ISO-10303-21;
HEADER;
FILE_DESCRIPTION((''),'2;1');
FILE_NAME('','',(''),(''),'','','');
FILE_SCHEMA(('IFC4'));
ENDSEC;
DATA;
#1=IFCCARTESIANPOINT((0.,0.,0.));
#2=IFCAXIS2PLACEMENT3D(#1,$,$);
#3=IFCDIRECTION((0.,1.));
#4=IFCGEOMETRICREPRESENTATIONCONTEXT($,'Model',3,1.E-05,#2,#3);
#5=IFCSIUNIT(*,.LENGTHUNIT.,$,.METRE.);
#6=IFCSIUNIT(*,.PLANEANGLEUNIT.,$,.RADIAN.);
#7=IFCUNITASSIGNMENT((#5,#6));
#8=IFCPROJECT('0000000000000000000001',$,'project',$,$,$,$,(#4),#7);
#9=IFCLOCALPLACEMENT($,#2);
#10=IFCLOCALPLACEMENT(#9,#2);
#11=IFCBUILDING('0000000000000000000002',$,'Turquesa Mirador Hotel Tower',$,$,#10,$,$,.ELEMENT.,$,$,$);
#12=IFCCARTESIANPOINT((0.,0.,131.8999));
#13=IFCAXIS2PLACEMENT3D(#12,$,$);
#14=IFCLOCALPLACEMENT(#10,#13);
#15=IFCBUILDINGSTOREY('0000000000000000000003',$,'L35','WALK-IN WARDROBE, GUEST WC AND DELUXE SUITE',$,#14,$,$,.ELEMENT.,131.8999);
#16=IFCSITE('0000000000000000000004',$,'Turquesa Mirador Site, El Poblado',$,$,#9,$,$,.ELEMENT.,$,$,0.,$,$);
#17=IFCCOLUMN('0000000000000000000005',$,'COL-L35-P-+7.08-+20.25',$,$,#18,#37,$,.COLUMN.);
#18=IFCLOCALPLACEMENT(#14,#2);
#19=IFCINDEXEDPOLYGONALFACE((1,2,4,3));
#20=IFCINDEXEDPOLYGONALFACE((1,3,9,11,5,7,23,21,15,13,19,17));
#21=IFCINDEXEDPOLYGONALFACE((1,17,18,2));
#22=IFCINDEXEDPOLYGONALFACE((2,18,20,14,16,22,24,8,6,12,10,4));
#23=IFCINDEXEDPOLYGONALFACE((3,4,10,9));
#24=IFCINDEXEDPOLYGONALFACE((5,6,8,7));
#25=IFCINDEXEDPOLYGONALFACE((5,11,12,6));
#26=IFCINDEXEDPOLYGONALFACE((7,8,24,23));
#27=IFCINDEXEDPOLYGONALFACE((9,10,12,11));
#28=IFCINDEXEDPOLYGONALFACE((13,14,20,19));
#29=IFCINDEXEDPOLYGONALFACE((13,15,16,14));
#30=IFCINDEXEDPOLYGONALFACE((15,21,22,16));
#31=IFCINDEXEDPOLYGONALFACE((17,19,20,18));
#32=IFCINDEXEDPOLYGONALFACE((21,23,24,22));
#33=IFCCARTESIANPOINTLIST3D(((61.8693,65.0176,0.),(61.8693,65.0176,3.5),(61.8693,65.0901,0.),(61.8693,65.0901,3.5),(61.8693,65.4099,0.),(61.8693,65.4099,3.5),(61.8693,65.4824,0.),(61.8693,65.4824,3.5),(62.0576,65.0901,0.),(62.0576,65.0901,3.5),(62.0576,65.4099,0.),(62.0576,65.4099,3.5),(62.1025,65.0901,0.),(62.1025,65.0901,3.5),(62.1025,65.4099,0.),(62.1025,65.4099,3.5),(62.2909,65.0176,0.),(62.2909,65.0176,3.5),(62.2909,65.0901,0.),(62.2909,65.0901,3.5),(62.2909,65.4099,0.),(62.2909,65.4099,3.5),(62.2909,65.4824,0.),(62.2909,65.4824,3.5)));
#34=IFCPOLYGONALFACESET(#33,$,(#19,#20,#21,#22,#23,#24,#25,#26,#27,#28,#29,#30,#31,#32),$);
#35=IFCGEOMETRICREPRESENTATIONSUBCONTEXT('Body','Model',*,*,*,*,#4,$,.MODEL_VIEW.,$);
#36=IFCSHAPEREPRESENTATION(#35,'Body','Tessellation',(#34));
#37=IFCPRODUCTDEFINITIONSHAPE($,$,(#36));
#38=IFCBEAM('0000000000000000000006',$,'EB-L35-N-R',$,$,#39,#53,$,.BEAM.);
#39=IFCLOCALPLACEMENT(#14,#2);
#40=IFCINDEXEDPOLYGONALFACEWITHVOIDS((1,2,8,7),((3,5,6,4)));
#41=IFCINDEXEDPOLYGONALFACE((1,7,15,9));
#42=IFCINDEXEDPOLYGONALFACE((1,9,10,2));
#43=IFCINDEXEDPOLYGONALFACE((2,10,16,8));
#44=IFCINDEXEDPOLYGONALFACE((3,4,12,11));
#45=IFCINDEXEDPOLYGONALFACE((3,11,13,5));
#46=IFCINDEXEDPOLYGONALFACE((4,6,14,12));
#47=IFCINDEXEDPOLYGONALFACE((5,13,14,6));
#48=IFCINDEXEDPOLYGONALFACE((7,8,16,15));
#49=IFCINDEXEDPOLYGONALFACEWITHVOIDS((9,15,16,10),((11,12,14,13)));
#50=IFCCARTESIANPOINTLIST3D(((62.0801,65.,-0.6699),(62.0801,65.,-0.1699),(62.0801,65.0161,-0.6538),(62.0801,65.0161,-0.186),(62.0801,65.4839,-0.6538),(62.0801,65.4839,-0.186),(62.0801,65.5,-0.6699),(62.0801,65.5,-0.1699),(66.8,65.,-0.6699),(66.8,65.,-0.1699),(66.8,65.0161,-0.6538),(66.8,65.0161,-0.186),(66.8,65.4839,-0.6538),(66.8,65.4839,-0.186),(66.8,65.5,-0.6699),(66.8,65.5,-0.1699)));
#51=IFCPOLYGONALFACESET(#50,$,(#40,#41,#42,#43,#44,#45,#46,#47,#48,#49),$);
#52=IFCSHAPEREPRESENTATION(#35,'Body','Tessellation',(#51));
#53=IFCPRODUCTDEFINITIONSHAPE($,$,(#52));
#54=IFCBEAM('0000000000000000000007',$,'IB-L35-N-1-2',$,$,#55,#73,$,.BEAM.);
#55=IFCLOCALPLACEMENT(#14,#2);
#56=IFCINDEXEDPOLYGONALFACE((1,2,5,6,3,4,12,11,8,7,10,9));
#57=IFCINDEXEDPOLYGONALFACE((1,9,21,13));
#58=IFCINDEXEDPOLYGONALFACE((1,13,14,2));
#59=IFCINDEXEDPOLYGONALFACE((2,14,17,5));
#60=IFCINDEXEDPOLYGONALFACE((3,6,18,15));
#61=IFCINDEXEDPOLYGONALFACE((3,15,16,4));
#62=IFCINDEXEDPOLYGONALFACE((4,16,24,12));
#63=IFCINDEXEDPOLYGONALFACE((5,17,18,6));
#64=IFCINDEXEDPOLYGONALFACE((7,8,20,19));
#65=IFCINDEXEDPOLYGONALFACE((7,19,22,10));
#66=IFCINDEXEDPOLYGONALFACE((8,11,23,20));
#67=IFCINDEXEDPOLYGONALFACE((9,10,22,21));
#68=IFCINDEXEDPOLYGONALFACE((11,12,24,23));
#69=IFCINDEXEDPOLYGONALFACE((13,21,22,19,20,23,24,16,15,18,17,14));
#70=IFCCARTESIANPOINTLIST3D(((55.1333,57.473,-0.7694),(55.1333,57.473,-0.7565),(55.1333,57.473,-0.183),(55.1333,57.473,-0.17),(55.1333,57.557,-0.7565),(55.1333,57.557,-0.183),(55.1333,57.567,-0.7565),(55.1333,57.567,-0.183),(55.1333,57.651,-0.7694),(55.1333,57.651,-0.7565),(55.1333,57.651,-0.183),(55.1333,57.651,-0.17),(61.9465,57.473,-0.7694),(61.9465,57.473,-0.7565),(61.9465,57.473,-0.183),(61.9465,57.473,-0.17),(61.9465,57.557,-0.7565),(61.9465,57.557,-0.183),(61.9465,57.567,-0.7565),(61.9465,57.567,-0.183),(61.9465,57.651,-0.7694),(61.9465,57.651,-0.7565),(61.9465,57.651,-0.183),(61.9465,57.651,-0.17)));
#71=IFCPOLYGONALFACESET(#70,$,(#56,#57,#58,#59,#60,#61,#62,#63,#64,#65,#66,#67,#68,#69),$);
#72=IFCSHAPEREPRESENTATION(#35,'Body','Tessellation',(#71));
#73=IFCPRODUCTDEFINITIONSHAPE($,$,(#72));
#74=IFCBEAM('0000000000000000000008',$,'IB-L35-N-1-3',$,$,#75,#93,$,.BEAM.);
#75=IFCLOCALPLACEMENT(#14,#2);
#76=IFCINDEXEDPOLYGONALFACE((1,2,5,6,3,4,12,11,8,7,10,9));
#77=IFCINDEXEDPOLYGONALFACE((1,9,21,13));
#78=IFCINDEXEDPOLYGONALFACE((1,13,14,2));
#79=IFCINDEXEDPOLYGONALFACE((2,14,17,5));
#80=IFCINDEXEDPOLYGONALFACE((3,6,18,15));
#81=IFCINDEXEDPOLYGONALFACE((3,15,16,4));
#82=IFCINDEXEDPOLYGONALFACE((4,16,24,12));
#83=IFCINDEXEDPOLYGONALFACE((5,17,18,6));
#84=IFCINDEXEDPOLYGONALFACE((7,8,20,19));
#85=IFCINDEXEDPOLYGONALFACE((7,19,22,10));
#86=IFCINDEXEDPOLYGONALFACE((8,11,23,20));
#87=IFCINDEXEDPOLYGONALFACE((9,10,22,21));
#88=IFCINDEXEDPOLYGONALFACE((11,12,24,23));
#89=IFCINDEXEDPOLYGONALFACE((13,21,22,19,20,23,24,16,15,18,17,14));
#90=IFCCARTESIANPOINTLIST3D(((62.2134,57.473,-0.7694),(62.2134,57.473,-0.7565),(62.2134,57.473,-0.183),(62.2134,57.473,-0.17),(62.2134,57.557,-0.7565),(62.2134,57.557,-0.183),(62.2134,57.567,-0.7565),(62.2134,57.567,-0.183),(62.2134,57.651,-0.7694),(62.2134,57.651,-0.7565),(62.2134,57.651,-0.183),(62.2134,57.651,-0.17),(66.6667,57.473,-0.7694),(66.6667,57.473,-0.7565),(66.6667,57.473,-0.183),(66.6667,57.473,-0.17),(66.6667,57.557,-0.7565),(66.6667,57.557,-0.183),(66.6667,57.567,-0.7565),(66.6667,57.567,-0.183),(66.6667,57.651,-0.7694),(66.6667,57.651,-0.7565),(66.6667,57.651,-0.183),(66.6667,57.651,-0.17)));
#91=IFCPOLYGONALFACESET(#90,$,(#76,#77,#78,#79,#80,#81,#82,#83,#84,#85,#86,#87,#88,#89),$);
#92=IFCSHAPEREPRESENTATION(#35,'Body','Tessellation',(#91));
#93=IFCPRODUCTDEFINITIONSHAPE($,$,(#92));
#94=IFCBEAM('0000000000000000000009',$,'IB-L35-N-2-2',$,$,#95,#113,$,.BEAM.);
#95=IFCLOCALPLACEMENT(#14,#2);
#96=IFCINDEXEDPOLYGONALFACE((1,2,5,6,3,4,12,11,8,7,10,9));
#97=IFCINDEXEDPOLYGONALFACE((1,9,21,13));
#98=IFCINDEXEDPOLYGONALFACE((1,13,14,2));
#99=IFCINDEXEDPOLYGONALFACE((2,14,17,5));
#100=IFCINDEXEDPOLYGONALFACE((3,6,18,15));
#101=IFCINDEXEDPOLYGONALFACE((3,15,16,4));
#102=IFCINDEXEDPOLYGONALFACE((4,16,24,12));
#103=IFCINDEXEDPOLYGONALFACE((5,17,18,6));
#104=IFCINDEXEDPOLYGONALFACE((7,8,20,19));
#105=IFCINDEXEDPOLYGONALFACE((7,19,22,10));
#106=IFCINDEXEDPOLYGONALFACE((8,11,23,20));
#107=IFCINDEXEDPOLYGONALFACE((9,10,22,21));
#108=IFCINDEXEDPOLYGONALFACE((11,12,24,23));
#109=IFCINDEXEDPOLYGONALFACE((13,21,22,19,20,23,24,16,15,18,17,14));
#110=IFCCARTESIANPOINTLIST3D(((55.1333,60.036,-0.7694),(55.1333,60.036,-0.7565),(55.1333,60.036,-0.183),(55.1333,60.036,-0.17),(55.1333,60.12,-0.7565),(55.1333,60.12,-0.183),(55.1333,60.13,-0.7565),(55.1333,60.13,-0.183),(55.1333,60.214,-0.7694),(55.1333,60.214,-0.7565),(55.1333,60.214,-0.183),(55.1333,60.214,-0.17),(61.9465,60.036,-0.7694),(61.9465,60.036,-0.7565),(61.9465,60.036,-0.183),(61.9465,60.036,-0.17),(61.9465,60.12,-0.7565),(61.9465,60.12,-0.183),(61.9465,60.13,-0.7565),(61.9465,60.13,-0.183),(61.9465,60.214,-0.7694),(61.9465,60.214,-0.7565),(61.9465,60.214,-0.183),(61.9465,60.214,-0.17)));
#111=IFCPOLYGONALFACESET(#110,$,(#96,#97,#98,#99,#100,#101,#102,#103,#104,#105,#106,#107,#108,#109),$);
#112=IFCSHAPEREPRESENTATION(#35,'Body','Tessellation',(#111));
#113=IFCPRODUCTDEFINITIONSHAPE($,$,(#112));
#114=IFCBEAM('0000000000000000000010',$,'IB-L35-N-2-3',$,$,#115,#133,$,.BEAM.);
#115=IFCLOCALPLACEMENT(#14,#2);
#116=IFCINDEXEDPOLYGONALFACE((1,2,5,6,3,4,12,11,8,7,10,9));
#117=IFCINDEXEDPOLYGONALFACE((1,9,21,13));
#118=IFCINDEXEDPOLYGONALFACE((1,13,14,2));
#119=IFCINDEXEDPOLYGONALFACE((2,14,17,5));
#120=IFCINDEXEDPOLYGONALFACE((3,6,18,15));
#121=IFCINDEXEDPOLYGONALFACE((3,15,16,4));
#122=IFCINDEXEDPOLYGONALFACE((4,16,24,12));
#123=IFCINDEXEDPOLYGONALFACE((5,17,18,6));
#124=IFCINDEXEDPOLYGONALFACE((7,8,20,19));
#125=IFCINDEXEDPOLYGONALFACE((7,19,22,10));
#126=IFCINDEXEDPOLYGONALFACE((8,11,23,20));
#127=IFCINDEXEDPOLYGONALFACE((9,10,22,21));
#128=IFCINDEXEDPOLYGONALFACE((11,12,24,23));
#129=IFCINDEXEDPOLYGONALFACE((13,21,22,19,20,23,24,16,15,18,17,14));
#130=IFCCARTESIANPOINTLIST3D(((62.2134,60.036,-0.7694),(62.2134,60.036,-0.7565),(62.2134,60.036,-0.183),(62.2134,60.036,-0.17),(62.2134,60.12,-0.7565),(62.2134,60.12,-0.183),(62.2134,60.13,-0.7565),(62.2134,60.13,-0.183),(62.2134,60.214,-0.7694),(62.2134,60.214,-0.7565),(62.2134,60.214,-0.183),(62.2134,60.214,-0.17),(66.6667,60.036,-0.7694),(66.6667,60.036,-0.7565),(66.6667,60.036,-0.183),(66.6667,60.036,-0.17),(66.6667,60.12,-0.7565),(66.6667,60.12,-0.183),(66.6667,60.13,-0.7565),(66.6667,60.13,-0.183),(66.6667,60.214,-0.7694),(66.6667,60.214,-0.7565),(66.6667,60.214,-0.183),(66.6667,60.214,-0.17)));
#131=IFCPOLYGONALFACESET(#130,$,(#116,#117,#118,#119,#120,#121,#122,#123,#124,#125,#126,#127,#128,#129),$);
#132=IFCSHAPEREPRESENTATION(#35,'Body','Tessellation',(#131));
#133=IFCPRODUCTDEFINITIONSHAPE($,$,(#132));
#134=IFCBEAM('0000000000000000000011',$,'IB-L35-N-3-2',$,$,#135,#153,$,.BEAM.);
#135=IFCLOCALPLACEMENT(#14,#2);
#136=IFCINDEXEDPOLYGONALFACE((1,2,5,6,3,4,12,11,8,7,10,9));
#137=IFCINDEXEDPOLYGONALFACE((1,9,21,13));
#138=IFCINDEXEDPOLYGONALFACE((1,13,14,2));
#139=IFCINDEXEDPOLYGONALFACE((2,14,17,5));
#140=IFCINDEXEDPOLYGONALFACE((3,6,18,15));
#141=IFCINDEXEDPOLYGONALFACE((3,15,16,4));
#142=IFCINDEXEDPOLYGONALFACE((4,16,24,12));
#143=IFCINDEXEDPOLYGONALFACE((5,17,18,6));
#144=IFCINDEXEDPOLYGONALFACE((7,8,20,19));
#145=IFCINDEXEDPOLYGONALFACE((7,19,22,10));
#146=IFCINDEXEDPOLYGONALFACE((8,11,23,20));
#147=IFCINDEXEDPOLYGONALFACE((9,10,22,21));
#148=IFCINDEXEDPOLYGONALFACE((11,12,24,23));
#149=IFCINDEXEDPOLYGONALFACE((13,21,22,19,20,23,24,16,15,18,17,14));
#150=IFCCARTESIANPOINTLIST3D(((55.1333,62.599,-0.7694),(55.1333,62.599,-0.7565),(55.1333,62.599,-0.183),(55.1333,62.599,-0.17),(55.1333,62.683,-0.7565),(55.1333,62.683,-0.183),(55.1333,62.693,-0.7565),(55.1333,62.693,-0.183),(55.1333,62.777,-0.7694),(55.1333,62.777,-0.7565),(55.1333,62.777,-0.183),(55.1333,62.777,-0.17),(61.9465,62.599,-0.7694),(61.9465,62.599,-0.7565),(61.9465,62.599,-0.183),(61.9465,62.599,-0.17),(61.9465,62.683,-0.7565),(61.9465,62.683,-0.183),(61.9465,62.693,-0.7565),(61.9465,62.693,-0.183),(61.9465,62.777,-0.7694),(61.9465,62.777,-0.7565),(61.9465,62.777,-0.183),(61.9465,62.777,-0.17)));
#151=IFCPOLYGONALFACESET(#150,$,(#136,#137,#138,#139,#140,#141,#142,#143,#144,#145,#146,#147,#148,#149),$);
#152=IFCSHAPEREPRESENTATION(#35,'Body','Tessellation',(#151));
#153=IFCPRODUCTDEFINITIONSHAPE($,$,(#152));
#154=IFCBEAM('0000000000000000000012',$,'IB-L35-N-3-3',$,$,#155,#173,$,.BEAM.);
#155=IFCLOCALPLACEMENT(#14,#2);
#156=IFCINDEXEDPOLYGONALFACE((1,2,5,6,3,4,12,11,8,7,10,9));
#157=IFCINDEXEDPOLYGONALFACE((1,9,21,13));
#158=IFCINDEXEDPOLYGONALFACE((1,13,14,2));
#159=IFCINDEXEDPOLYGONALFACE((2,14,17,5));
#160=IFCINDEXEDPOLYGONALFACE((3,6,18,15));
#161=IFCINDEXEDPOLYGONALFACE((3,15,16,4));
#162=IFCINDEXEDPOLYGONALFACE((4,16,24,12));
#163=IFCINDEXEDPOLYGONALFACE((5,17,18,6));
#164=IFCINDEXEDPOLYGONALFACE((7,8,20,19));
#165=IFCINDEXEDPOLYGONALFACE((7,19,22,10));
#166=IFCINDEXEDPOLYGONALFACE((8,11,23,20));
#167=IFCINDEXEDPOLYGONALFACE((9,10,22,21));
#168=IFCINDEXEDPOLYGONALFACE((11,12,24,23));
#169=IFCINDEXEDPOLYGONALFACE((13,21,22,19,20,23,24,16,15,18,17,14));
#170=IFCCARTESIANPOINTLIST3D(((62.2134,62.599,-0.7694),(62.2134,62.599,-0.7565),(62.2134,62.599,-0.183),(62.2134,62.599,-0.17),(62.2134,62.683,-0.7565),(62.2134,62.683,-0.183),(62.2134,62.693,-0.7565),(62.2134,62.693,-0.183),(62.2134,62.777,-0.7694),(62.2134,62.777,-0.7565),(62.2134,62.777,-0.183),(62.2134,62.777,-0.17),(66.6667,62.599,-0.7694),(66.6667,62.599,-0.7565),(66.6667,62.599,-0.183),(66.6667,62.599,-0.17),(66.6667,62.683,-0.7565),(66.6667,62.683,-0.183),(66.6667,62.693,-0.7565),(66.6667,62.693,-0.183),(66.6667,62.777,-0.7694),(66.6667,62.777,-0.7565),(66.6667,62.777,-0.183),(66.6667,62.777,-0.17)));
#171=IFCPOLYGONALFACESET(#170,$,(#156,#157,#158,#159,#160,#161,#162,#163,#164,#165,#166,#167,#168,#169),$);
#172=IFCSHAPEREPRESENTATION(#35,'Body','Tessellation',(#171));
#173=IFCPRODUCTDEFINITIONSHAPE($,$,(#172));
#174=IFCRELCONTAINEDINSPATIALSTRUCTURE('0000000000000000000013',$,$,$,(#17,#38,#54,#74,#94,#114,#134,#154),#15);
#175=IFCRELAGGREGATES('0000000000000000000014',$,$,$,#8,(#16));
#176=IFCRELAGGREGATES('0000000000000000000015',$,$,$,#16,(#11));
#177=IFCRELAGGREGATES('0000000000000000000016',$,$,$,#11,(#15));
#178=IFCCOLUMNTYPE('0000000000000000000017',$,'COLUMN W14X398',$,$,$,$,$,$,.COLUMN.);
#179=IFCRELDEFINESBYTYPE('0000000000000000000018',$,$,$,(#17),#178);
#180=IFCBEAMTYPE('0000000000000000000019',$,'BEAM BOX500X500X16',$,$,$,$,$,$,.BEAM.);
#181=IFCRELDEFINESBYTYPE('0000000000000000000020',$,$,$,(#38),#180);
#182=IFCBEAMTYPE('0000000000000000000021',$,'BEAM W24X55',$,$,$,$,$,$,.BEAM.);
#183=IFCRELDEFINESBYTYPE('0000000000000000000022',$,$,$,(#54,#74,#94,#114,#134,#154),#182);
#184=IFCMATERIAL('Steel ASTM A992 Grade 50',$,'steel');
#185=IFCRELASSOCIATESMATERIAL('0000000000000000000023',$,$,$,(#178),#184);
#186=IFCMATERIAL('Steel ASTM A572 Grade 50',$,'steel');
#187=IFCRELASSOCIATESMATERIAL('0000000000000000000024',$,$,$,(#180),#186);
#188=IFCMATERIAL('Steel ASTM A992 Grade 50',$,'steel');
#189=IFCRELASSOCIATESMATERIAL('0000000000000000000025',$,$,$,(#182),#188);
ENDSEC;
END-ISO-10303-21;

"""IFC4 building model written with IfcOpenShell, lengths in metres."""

from ifc_helpers import new_model, si_unit, direction, frame, origin, origin_2d, place, context, subcontext, project, spatial, hollow_rectangle, i_section, extrude, material, material_profile, profile_set, type_object, element, save


model = new_model("IFC4")

# Units and contexts
model_context = context("Model", 3, precision=1e-05, world=origin(), true_north=direction((0.0, 1.0)))
body_context = subcontext(model_context, "Body", "Model", "MODEL_VIEW")
ifc_project = project(units=[si_unit("LENGTHUNIT", "METRE"), si_unit("PLANEANGLEUNIT", "RADIAN")], contexts=[model_context])

# Site, building, storey
site_placement = place(None, origin())
site = spatial("IfcSite", under=ifc_project, at=site_placement, Name="Turquesa Mirador Site, El Poblado", CompositionType="ELEMENT", RefElevation=0.0)
building_placement = place(site_placement, origin())
building = spatial("IfcBuilding", under=site, at=building_placement, Name="Turquesa Mirador Hotel Tower", CompositionType="ELEMENT")
storey_placement = place(building_placement, frame((0.0, 0.0, 131.8999)))
storey = spatial("IfcBuildingStorey", under=building, at=storey_placement, Name="L35", Description="WALK-IN WARDROBE, GUEST WC AND DELUXE SUITE", CompositionType="ELEMENT", Elevation=131.8999)

# Column
ifc_material_1 = material(Name="Steel ASTM A992 Grade 50", Category="steel")
ifc_material_profile_1 = material_profile(ifc_material_1, i_section(OverallWidth=0.4216, OverallDepth=0.4648, WebThickness=0.0449, FlangeThickness=0.0725, at=origin_2d()), Name="W14X398")
ifc_profile_set_1 = profile_set([ifc_material_profile_1], Name="Steel ASTM A992 Grade 50")
column_type = type_object("IfcColumnType", Name="COLUMN W14X398", PredefinedType="COLUMN", material=ifc_profile_set_1)
column_placement = place(storey_placement, frame((62.0801, 65.25, 0.0), z_axis=(0.0, 0.0, 1.0), x_axis=(1.0, 0.0, 0.0)))
element("IfcColumn", 1, at=column_placement, inside=storey, type_object=column_type, Name="COL-L35-P-+7.08-+20.25", PredefinedType="COLUMN", context=body_context, shape_type="SweptSolid", body=[
    extrude(i_section(OverallWidth=0.4216, OverallDepth=0.4648, WebThickness=0.0449, FlangeThickness=0.0725, at=origin_2d()), origin(), (0.0, 0.0, 1.0), 3.5),
])

# Beams
ifc_material_2 = material(Name="Steel ASTM A572 Grade 50", Category="steel")
ifc_material_profile_2 = material_profile(ifc_material_2, hollow_rectangle(XDim=0.5, YDim=0.5, WallThickness=0.0161, at=origin_2d()), Name="BOX500X500X16")
ifc_profile_set_2 = profile_set([ifc_material_profile_2], Name="Steel ASTM A572 Grade 50")
beam_type_1 = type_object("IfcBeamType", Name="BEAM BOX500X500X16", PredefinedType="BEAM", material=ifc_profile_set_2)
beam_1_placement = place(storey_placement, frame((62.0801, 65.25, -0.4199), z_axis=(1.0, 0.0, 0.0), x_axis=(0.0, 1.0, 0.0)))
element("IfcBeam", 2, at=beam_1_placement, inside=storey, type_object=beam_type_1, Name="EB-L35-N-R", PredefinedType="BEAM", context=body_context, shape_type="SweptSolid", body=[
    extrude(hollow_rectangle(XDim=0.5, YDim=0.5, WallThickness=0.0161, at=origin_2d()), origin(), (0.0, 0.0, 1.0), 4.72),
])
ifc_material_3 = material(Name="Steel ASTM A992 Grade 50", Category="steel")
ifc_material_profile_3 = material_profile(ifc_material_3, i_section(OverallWidth=0.178, OverallDepth=0.5994, WebThickness=0.01, FlangeThickness=0.0129, at=origin_2d()), Name="W24X55")
ifc_profile_set_3 = profile_set([ifc_material_profile_3], Name="Steel ASTM A992 Grade 50")
beam_type_2 = type_object("IfcBeamType", Name="BEAM W24X55", PredefinedType="BEAM", material=ifc_profile_set_3)
beam_2_placement = place(storey_placement, frame((55.1333, 57.562, -0.4697), z_axis=(1.0, 0.0, 0.0), x_axis=(0.0, 1.0, 0.0)))
element("IfcBeam", 3, at=beam_2_placement, inside=storey, type_object=beam_type_2, Name="IB-L35-N-1-2", PredefinedType="BEAM", context=body_context, shape_type="SweptSolid", body=[
    extrude(i_section(OverallWidth=0.178, OverallDepth=0.5994, WebThickness=0.01, FlangeThickness=0.0129, at=origin_2d()), origin(), (0.0, 0.0, 1.0), 6.8132),
])
beam_3_placement = place(storey_placement, frame((62.2134, 57.562, -0.4697), z_axis=(1.0, 0.0, 0.0), x_axis=(0.0, 1.0, 0.0)))
element("IfcBeam", 4, at=beam_3_placement, inside=storey, type_object=beam_type_2, Name="IB-L35-N-1-3", PredefinedType="BEAM", context=body_context, shape_type="SweptSolid", body=[
    extrude(i_section(OverallWidth=0.178, OverallDepth=0.5994, WebThickness=0.01, FlangeThickness=0.0129, at=origin_2d()), origin(), (0.0, 0.0, 1.0), 4.4534),
])
beam_4_placement = place(storey_placement, frame((55.1333, 60.125, -0.4697), z_axis=(1.0, 0.0, 0.0), x_axis=(0.0, 1.0, 0.0)))
element("IfcBeam", 5, at=beam_4_placement, inside=storey, type_object=beam_type_2, Name="IB-L35-N-2-2", PredefinedType="BEAM", context=body_context, shape_type="SweptSolid", body=[
    extrude(i_section(OverallWidth=0.178, OverallDepth=0.5994, WebThickness=0.01, FlangeThickness=0.0129, at=origin_2d()), origin(), (0.0, 0.0, 1.0), 6.8132),
])
beam_5_placement = place(storey_placement, frame((62.2134, 60.125, -0.4697), z_axis=(1.0, 0.0, 0.0), x_axis=(0.0, 1.0, 0.0)))
element("IfcBeam", 6, at=beam_5_placement, inside=storey, type_object=beam_type_2, Name="IB-L35-N-2-3", PredefinedType="BEAM", context=body_context, shape_type="SweptSolid", body=[
    extrude(i_section(OverallWidth=0.178, OverallDepth=0.5994, WebThickness=0.01, FlangeThickness=0.0129, at=origin_2d()), origin(), (0.0, 0.0, 1.0), 4.4534),
])
beam_6_placement = place(storey_placement, frame((55.1333, 62.688, -0.4697), z_axis=(1.0, 0.0, 0.0), x_axis=(0.0, 1.0, 0.0)))
element("IfcBeam", 7, at=beam_6_placement, inside=storey, type_object=beam_type_2, Name="IB-L35-N-3-2", PredefinedType="BEAM", context=body_context, shape_type="SweptSolid", body=[
    extrude(i_section(OverallWidth=0.178, OverallDepth=0.5994, WebThickness=0.01, FlangeThickness=0.0129, at=origin_2d()), origin(), (0.0, 0.0, 1.0), 6.8132),
])
beam_7_placement = place(storey_placement, frame((62.2134, 62.688, -0.4697), z_axis=(1.0, 0.0, 0.0), x_axis=(0.0, 1.0, 0.0)))
element("IfcBeam", 8, at=beam_7_placement, inside=storey, type_object=beam_type_2, Name="IB-L35-N-3-3", PredefinedType="BEAM", context=body_context, shape_type="SweptSolid", body=[
    extrude(i_section(OverallWidth=0.178, OverallDepth=0.5994, WebThickness=0.01, FlangeThickness=0.0129, at=origin_2d()), origin(), (0.0, 0.0, 1.0), 4.4534),
])

save(model, "model.ifc")
